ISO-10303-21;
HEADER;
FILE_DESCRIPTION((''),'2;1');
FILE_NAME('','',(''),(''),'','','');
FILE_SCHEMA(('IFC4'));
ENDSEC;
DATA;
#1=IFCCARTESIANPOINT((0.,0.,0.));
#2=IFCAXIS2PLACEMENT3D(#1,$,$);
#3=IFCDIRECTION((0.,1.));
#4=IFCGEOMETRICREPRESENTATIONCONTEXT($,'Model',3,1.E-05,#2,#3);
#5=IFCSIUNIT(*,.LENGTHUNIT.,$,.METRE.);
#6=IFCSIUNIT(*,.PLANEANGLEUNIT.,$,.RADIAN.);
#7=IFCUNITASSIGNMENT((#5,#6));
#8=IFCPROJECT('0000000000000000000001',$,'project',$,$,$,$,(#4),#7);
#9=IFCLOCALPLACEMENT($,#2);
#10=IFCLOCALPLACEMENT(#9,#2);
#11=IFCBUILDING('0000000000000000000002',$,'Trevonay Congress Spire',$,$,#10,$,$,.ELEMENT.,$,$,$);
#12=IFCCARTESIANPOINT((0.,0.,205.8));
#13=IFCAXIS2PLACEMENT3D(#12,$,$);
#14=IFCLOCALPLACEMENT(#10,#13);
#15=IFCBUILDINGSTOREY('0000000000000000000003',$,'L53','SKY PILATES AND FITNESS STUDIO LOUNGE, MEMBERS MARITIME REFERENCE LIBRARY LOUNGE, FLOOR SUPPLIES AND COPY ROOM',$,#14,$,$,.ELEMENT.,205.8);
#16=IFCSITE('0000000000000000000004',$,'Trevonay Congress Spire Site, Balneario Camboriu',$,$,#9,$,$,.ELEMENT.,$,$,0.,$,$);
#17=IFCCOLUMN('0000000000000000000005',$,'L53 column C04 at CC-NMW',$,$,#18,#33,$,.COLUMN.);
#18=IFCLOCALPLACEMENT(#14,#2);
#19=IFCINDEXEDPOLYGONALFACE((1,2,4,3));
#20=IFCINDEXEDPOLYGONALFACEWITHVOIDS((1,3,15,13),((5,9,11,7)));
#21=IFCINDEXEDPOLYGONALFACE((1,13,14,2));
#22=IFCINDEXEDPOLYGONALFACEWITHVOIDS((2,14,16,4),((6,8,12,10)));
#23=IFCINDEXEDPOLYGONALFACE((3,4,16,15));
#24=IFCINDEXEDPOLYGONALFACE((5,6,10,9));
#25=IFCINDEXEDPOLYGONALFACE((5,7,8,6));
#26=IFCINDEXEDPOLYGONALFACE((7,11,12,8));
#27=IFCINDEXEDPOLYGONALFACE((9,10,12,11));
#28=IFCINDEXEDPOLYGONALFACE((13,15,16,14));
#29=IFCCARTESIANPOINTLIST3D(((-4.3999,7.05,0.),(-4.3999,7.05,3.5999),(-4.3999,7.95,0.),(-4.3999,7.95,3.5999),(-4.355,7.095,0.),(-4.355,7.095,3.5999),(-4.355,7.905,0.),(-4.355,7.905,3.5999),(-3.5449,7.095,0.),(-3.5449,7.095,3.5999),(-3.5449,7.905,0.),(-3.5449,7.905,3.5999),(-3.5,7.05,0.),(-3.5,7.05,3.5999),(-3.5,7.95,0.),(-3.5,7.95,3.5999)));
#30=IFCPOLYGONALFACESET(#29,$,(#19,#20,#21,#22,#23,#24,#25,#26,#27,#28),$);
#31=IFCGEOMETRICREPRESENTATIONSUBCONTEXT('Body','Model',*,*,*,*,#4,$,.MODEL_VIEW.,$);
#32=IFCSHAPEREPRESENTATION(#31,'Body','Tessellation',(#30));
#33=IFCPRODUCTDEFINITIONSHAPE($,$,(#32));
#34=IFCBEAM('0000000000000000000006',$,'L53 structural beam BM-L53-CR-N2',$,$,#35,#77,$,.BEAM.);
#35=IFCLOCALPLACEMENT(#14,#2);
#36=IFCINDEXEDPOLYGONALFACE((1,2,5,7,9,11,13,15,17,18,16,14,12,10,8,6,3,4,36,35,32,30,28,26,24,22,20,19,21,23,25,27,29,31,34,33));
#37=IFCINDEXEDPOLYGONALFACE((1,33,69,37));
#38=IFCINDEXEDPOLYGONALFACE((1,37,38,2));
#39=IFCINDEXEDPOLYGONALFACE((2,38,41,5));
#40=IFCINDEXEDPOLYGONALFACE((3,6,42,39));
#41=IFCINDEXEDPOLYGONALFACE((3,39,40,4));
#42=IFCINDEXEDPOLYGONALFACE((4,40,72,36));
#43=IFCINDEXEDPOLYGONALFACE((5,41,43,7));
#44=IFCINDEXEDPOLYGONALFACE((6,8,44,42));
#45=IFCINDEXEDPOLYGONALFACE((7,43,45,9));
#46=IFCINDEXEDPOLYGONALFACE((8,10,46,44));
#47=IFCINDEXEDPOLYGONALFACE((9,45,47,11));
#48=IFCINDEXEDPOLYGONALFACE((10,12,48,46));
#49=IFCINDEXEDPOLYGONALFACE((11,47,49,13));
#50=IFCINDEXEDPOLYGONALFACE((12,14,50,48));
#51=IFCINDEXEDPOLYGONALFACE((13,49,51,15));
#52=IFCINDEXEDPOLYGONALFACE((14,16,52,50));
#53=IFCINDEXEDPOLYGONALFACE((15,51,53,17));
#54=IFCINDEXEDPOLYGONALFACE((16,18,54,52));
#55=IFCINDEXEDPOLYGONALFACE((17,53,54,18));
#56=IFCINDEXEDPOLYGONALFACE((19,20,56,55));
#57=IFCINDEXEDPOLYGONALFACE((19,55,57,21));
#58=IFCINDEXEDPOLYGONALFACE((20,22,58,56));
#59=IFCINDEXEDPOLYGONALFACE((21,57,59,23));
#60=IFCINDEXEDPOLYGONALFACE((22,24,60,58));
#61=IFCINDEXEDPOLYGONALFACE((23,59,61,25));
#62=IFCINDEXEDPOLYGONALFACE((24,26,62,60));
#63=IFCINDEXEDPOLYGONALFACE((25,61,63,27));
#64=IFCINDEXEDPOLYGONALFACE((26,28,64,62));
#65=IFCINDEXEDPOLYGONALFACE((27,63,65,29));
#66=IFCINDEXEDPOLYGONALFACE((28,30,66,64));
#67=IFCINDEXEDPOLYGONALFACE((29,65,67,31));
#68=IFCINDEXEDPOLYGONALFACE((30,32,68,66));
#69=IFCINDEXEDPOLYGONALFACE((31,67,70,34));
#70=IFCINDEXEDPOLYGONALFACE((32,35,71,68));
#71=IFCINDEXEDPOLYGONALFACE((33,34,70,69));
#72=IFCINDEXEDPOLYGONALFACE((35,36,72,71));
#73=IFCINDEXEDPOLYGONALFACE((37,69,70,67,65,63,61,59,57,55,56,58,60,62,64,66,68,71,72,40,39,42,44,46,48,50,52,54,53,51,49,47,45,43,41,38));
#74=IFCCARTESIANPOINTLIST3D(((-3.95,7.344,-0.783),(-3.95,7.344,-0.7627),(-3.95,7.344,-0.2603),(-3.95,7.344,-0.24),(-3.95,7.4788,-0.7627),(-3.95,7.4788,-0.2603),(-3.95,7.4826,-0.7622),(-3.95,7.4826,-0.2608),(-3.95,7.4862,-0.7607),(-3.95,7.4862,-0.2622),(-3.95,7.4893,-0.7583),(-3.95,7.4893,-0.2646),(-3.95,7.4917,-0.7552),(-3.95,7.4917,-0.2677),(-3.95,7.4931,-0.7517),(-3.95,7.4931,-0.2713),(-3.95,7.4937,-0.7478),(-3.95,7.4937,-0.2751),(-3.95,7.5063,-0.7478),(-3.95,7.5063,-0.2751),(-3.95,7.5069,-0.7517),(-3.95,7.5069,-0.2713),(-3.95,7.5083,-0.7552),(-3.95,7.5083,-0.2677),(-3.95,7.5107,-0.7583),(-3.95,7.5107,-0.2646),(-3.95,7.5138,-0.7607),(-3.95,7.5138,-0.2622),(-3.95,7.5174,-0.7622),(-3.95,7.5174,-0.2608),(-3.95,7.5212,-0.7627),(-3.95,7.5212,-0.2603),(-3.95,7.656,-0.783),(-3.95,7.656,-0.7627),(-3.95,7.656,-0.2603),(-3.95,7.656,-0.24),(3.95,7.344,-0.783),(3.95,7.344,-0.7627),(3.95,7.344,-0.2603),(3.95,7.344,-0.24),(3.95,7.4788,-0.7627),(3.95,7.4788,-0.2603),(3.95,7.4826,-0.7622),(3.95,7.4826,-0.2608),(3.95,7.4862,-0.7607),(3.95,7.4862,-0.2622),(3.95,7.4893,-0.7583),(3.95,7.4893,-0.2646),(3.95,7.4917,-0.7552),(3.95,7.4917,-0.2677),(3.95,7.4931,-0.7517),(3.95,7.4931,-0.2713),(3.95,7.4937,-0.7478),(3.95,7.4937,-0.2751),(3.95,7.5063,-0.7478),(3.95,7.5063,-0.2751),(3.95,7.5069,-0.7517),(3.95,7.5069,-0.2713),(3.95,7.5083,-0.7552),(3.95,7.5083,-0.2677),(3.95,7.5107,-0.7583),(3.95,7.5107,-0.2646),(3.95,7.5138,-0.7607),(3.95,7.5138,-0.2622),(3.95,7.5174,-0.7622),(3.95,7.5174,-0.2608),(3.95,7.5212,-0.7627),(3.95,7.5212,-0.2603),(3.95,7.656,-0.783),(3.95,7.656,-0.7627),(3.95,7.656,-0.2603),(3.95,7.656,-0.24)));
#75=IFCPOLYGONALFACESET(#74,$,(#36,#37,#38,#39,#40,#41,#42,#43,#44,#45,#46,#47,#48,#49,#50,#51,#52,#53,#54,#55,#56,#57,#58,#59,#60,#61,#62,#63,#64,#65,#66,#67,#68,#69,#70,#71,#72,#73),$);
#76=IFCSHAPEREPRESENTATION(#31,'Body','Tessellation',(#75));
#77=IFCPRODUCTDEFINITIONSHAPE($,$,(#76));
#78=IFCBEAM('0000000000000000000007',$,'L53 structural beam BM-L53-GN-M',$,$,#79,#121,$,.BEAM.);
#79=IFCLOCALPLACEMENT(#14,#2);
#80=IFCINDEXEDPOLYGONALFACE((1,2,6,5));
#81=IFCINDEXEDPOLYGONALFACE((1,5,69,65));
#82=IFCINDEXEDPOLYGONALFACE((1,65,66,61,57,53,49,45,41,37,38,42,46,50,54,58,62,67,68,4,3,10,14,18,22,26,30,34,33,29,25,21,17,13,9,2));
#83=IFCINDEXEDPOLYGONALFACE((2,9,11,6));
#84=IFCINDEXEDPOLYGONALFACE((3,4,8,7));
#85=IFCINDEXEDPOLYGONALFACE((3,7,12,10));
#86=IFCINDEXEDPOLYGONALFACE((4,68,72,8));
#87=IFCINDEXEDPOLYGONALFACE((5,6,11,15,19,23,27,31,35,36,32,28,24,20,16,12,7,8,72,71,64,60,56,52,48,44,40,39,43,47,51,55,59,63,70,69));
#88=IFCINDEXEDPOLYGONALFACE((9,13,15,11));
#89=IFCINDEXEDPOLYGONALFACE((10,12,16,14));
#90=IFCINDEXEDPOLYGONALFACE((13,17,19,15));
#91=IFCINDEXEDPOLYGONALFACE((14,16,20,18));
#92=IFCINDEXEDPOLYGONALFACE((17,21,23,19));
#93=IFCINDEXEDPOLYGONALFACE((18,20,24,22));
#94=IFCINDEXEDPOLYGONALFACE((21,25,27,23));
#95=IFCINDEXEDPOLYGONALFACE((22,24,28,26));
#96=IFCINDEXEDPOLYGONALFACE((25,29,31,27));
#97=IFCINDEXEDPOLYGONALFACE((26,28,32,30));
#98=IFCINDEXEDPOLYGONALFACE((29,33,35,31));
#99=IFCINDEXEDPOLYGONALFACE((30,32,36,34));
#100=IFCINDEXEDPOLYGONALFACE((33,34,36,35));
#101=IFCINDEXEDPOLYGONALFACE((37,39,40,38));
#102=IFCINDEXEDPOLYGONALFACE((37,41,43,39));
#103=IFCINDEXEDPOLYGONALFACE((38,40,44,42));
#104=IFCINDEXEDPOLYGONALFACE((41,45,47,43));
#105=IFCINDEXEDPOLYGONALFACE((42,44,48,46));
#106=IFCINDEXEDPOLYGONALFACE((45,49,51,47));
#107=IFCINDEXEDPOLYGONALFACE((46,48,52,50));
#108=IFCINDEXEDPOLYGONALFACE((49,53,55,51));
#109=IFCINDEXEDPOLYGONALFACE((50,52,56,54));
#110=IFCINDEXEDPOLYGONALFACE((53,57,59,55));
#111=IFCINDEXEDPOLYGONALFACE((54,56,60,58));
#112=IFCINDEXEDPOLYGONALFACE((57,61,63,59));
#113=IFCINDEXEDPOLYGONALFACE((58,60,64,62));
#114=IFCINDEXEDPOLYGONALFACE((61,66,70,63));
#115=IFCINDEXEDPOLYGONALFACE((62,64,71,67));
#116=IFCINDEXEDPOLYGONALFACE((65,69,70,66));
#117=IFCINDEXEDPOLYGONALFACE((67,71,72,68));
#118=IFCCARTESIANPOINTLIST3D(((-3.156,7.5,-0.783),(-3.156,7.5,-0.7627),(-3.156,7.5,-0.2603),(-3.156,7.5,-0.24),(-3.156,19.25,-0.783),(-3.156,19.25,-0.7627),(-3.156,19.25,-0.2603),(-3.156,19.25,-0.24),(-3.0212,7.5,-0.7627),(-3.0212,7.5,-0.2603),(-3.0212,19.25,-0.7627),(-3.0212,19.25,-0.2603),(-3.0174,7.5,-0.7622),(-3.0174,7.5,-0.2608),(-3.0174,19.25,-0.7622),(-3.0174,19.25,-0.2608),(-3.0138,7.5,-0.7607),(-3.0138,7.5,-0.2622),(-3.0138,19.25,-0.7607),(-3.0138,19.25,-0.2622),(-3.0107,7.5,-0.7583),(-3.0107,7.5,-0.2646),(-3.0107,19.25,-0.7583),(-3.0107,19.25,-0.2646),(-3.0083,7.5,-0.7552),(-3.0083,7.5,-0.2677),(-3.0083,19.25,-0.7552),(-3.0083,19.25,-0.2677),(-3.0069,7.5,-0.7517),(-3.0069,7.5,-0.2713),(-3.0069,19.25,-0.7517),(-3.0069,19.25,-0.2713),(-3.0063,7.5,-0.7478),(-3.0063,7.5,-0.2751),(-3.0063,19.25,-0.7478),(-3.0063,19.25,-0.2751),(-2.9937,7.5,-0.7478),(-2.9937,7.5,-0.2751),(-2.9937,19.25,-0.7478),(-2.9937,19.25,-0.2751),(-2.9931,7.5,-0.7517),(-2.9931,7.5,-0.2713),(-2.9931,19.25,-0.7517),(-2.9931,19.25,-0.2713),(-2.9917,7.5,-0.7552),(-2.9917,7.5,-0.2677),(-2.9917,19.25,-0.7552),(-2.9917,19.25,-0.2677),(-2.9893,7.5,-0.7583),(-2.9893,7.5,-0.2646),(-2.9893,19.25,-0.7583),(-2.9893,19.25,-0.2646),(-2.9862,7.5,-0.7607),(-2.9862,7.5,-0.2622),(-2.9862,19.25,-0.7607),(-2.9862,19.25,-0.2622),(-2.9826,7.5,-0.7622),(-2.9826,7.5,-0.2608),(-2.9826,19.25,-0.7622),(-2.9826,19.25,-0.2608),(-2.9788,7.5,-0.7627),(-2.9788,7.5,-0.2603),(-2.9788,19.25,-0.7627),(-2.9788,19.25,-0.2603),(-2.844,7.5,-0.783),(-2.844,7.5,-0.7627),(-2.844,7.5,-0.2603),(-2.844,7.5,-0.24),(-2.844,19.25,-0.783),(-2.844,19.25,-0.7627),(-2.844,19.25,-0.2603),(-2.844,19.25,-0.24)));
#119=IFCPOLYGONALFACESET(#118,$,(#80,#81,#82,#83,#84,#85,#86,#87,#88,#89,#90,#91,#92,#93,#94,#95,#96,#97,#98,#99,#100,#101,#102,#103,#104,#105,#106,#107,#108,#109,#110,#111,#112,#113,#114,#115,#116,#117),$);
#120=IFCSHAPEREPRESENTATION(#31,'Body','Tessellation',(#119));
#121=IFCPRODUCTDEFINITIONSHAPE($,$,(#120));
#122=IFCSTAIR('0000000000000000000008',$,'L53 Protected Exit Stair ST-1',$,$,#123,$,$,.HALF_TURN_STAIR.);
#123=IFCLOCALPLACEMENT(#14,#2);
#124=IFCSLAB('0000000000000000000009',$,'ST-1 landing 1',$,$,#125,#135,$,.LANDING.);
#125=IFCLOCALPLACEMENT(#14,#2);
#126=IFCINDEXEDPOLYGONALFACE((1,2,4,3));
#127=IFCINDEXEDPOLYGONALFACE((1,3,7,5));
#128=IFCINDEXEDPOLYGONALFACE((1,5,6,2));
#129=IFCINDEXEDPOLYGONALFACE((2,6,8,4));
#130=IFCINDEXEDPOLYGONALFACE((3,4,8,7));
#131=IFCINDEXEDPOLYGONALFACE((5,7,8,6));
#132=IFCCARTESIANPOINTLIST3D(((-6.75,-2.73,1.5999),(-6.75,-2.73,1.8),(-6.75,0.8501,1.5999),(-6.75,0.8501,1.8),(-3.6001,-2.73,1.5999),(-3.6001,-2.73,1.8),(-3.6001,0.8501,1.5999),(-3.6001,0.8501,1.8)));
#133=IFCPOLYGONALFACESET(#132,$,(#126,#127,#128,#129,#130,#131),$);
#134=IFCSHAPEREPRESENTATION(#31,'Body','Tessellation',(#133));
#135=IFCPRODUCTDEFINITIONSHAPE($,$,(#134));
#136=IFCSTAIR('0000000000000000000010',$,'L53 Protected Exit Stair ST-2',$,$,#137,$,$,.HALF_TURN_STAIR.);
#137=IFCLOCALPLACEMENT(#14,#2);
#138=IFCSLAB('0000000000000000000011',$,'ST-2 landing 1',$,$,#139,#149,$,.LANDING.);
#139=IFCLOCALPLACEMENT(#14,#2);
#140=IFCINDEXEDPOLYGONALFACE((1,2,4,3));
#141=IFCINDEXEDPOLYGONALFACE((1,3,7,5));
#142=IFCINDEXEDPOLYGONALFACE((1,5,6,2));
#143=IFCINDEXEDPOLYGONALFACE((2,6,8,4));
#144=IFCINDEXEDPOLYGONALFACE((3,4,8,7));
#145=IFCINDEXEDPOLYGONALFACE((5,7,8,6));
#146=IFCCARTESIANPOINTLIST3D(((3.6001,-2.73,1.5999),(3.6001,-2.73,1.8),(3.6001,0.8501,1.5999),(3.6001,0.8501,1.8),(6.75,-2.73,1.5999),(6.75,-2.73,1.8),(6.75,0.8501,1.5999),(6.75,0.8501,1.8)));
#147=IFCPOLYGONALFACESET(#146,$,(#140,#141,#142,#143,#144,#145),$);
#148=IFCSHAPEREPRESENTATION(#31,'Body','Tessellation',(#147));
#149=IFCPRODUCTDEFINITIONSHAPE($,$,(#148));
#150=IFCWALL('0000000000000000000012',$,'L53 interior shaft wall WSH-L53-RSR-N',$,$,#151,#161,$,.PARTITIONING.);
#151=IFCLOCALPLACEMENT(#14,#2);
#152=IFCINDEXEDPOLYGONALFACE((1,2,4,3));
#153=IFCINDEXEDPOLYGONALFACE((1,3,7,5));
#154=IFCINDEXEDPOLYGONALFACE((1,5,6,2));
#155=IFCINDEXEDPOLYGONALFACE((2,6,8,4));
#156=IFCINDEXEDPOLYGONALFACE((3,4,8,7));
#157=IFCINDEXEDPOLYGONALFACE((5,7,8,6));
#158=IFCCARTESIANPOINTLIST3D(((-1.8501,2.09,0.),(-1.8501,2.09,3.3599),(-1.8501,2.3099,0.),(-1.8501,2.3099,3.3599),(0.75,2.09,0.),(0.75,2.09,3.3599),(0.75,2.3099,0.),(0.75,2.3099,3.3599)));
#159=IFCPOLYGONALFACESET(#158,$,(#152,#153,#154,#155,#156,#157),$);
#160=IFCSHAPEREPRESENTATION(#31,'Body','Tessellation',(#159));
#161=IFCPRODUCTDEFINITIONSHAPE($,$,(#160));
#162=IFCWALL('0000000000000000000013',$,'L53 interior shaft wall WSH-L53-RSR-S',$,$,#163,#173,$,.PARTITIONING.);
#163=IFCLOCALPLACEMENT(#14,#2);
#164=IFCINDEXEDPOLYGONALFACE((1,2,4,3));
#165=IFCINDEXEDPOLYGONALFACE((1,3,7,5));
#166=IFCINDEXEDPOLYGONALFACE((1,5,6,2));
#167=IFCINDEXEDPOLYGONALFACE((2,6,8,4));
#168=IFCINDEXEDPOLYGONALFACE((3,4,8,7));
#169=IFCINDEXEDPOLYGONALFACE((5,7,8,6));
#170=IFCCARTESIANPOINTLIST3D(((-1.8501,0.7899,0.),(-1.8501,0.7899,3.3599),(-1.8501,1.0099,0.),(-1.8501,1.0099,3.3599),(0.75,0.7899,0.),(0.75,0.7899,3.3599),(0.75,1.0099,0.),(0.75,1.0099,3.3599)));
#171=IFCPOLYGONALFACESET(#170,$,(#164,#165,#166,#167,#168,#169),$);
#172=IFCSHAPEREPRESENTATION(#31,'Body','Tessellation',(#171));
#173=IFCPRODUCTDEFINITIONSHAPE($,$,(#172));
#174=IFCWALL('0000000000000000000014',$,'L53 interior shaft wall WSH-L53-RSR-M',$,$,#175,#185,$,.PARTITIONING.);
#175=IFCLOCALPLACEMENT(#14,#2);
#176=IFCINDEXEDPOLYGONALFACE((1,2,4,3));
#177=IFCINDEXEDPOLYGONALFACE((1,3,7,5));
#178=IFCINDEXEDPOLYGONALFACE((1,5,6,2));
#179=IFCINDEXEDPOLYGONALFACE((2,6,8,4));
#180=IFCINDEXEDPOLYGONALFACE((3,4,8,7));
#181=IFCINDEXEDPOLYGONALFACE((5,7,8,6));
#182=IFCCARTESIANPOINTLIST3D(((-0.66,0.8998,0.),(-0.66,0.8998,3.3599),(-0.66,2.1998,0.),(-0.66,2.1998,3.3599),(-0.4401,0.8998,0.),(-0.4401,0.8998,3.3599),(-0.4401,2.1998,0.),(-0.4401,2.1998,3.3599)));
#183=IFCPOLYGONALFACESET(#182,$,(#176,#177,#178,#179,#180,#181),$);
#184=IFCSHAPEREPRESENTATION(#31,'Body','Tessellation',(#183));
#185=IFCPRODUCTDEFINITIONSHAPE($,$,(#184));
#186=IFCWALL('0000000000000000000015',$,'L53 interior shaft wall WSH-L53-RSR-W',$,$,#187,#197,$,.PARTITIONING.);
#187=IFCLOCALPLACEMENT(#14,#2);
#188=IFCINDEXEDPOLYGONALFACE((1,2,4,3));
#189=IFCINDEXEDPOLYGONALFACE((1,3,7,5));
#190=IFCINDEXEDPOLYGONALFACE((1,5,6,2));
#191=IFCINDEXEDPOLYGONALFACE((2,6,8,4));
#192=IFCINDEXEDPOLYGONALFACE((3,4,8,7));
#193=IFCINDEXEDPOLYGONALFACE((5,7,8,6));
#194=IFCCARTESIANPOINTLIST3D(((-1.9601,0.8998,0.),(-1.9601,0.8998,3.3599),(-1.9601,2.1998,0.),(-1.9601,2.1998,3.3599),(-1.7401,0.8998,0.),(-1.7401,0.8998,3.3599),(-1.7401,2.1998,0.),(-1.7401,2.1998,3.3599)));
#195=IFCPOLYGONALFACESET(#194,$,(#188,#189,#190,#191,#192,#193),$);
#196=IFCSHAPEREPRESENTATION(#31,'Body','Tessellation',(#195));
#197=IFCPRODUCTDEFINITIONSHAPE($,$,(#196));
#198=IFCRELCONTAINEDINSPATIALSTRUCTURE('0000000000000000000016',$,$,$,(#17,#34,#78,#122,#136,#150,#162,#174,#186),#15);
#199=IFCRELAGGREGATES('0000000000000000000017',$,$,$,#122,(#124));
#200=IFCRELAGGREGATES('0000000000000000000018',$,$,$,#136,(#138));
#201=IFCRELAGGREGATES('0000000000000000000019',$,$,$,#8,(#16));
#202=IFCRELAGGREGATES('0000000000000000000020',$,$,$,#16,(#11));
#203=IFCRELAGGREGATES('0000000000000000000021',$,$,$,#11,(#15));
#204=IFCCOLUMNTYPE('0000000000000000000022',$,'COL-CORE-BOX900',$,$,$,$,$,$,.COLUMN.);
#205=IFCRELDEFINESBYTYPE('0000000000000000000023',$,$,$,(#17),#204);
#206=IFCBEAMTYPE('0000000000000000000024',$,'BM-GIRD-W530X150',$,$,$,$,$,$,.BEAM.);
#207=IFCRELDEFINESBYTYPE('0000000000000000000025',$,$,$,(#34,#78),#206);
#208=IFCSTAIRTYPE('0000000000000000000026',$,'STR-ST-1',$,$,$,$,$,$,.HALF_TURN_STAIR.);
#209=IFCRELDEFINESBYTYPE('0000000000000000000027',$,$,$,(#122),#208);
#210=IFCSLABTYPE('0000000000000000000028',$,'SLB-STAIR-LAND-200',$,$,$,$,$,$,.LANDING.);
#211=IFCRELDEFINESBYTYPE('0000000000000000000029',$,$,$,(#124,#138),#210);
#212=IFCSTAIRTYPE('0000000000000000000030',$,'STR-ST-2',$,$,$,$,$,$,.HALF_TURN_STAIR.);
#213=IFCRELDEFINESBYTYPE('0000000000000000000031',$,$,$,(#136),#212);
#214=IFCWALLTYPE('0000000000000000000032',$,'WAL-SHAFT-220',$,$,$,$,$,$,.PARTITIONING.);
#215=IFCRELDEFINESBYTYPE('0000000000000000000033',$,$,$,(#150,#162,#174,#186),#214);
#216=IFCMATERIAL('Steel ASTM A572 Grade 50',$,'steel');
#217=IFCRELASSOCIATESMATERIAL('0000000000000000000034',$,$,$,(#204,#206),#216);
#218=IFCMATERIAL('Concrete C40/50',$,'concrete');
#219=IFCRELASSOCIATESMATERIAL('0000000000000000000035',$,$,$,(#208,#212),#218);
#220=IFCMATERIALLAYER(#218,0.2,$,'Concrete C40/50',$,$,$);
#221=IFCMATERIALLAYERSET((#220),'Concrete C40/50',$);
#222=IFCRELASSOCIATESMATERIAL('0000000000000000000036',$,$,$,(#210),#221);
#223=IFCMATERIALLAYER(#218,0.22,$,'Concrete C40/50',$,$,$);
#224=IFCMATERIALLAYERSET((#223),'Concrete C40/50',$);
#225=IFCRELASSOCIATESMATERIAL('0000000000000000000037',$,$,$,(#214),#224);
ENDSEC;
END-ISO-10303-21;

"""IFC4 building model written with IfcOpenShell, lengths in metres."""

from ifc_helpers import new_model, si_unit, direction, frame, frame_2d, origin, origin_2d, place, context, subcontext, project, spatial, polyline, rectangle, hollow_rectangle, i_section, outline, extrude, material, layer, layer_set, material_profile, profile_set, type_object, element, aggregate, save


model = new_model("IFC4")

# Units and contexts
model_context = context("Model", 3, precision=1e-05, world=origin(), true_north=direction((0.0, 1.0)))
body_context = subcontext(model_context, "Body", "Model", "MODEL_VIEW")
ifc_project = project(units=[si_unit("LENGTHUNIT", "METRE"), si_unit("PLANEANGLEUNIT", "RADIAN")], contexts=[model_context])

# Site, building, storey
site_placement = place(None, origin())
site = spatial("IfcSite", under=ifc_project, at=site_placement, Name="Trevonay Congress Spire Site, Balneario Camboriu", CompositionType="ELEMENT", RefElevation=0.0)
building_placement = place(site_placement, origin())
building = spatial("IfcBuilding", under=site, at=building_placement, Name="Trevonay Congress Spire", CompositionType="ELEMENT")
storey_placement = place(building_placement, frame((0.0, 0.0, 205.8)))
storey = spatial("IfcBuildingStorey", under=building, at=storey_placement, Name="L53", Description="SKY PILATES AND FITNESS STUDIO LOUNGE, MEMBERS MARITIME REFERENCE LIBRARY LOUNGE, FLOOR SUPPLIES AND COPY ROOM", CompositionType="ELEMENT", Elevation=205.8)

# Column
ifc_material_1 = material(Name="Steel ASTM A572 Grade 50", Category="steel")
ifc_material_profile_1 = material_profile(ifc_material_1, hollow_rectangle(XDim=0.8999, YDim=0.8999, WallThickness=0.0449, at=origin_2d()), Name="BOX 900x900x45")
ifc_profile_set_1 = profile_set([ifc_material_profile_1], Name="Steel ASTM A572 Grade 50")
column_type = type_object("IfcColumnType", Name="COL-CORE-BOX900", PredefinedType="COLUMN", material=ifc_profile_set_1)
column_placement = place(storey_placement, frame((-3.95, 7.5, 0.0), z_axis=(0.0, 0.0, 1.0), x_axis=(1.0, 0.0, 0.0)))
element("IfcColumn", 1, at=column_placement, inside=storey, type_object=column_type, Name="L53 column C04 at CC-NMW", PredefinedType="COLUMN", context=body_context, shape_type="SweptSolid", body=[
    extrude(hollow_rectangle(XDim=0.8999, YDim=0.8999, WallThickness=0.0449, at=origin_2d()), origin(), (0.0, 0.0, 1.0), 3.5999),
])

# Beams
ifc_material_profile_2 = material_profile(ifc_material_1, i_section(OverallWidth=0.312, OverallDepth=0.543, WebThickness=0.0127, FlangeThickness=0.0203, FilletRadius=0.0149, at=origin_2d()), Name="W530x150")
ifc_profile_set_2 = profile_set([ifc_material_profile_2], Name="Steel ASTM A572 Grade 50")
beam_type = type_object("IfcBeamType", Name="BM-GIRD-W530X150", PredefinedType="BEAM", material=ifc_profile_set_2)
beam_1_placement = place(storey_placement, frame((-3.95, 7.5, -0.5115), z_axis=(1.0, 0.0, 0.0), x_axis=(0.0, 1.0, 0.0)))
element("IfcBeam", 2, at=beam_1_placement, inside=storey, type_object=beam_type, Name="L53 structural beam BM-L53-CR-N2", PredefinedType="BEAM", context=body_context, shape_type="SweptSolid", body=[
    extrude(i_section(OverallWidth=0.312, OverallDepth=0.543, WebThickness=0.0127, FlangeThickness=0.0203, FilletRadius=0.0149, at=origin_2d()), origin(), (0.0, 0.0, 1.0), 7.8999),
])
beam_2_placement = place(storey_placement, frame((-3.0, 7.5, -0.5115), z_axis=(0.0, 1.0, 0.0), x_axis=(-1.0, 0.0, 0.0)))
element("IfcBeam", 3, at=beam_2_placement, inside=storey, type_object=beam_type, Name="L53 structural beam BM-L53-GN-M", PredefinedType="BEAM", context=body_context, shape_type="SweptSolid", body=[
    extrude(i_section(OverallWidth=0.312, OverallDepth=0.543, WebThickness=0.0127, FlangeThickness=0.0203, FilletRadius=0.0149, at=origin_2d()), origin(), (0.0, 0.0, 1.0), 11.75),
])

# Stairs, slabs
ifc_material_2 = material(Name="Concrete C40/50", Category="concrete")
stair_type_1 = type_object("IfcStairType", Name="STR-ST-1", PredefinedType="HALF_TURN_STAIR", material=ifc_material_2)
stair_1_placement = place(storey_placement, origin())
stair_1 = element("IfcStair", 4, at=stair_1_placement, inside=storey, type_object=stair_type_1, Name="L53 Protected Exit Stair ST-1", PredefinedType="HALF_TURN_STAIR")
ifc_layer_1 = layer(ifc_material_2, 0.2, Name="Concrete C40/50")
ifc_layer_set_1 = layer_set([ifc_layer_1], Name="Concrete C40/50")
slab_type = type_object("IfcSlabType", Name="SLB-STAIR-LAND-200", PredefinedType="LANDING", material=ifc_layer_set_1)
slab_1_placement = place(storey_placement, frame((0.0, 0.0, 1.5999)))
slab_1 = element("IfcSlab", 5, at=slab_1_placement, type_object=slab_type, Name="ST-1 landing 1", PredefinedType="LANDING", context=body_context, shape_type="SweptSolid", body=[
    extrude(outline(polyline([(-3.6001, -2.73), (-3.6001, 0.8501), (-6.75, 0.8501), (-6.75, -2.73), (-3.6001, -2.73)])), origin(), (0.0, 0.0, 1.0), 0.2002),
])
aggregate(stair_1, [slab_1])
stair_type_2 = type_object("IfcStairType", Name="STR-ST-2", PredefinedType="HALF_TURN_STAIR", material=ifc_material_2)
stair_2_placement = place(storey_placement, origin())
stair_2 = element("IfcStair", 6, at=stair_2_placement, inside=storey, type_object=stair_type_2, Name="L53 Protected Exit Stair ST-2", PredefinedType="HALF_TURN_STAIR")
slab_2_placement = place(storey_placement, frame((0.0, 0.0, 1.5999)))
slab_2 = element("IfcSlab", 7, at=slab_2_placement, type_object=slab_type, Name="ST-2 landing 1", PredefinedType="LANDING", context=body_context, shape_type="SweptSolid", body=[
    extrude(outline(polyline([(6.75, -2.73), (6.75, 0.8501), (3.6001, 0.8501), (3.6001, -2.73), (6.75, -2.73)])), origin(), (0.0, 0.0, 1.0), 0.2002),
])
aggregate(stair_2, [slab_2])

# Walls
ifc_layer_2 = layer(ifc_material_2, 0.22, Name="Concrete C40/50")
ifc_layer_set_2 = layer_set([ifc_layer_2], Name="Concrete C40/50")
wall_type_1 = type_object("IfcWallType", Name="WAL-SHAFT-220", PredefinedType="PARTITIONING", material=ifc_layer_set_2)
for number, where, z_axis, x_axis, name in (
    (8, (-1.8501, 2.2, 0.0), (0.0, 0.0, 1.0), (1.0, 0.0, 0.0), "L53 interior shaft wall WSH-L53-RSR-N"),
    (9, (-1.8501, 0.8999, 0.0), (0.0, 0.0, 1.0), (1.0, 0.0, 0.0), "L53 interior shaft wall WSH-L53-RSR-S"),
):
    element("IfcWall", number, at=place(storey_placement, frame(where, z_axis=z_axis, x_axis=x_axis)), inside=storey, type_object=wall_type_1, Name=name, PredefinedType="PARTITIONING", context=body_context, shape_type="SweptSolid", body=[
        extrude(rectangle(XDim=2.6001, YDim=0.22, at=frame_2d((1.3, 0.0))), origin(), (0.0, 0.0, 1.0), 3.3599),
    ])
for number, where, z_axis, x_axis, name in (
    (10, (-0.55, 0.8999, 0.0), (0.0, 0.0, 1.0), (0.0, 1.0, 0.0), "L53 interior shaft wall WSH-L53-RSR-M"),
    (11, (-1.8501, 0.8999, 0.0), (0.0, 0.0, 1.0), (0.0, 1.0, 0.0), "L53 interior shaft wall WSH-L53-RSR-W"),
):
    element("IfcWall", number, at=place(storey_placement, frame(where, z_axis=z_axis, x_axis=x_axis)), inside=storey, type_object=wall_type_1, Name=name, PredefinedType="PARTITIONING", context=body_context, shape_type="SweptSolid", body=[
        extrude(rectangle(XDim=1.3, YDim=0.22, at=frame_2d((0.6499, 0.0))), origin(), (0.0, 0.0, 1.0), 3.3599),
    ])

save(model, "model.ifc")
